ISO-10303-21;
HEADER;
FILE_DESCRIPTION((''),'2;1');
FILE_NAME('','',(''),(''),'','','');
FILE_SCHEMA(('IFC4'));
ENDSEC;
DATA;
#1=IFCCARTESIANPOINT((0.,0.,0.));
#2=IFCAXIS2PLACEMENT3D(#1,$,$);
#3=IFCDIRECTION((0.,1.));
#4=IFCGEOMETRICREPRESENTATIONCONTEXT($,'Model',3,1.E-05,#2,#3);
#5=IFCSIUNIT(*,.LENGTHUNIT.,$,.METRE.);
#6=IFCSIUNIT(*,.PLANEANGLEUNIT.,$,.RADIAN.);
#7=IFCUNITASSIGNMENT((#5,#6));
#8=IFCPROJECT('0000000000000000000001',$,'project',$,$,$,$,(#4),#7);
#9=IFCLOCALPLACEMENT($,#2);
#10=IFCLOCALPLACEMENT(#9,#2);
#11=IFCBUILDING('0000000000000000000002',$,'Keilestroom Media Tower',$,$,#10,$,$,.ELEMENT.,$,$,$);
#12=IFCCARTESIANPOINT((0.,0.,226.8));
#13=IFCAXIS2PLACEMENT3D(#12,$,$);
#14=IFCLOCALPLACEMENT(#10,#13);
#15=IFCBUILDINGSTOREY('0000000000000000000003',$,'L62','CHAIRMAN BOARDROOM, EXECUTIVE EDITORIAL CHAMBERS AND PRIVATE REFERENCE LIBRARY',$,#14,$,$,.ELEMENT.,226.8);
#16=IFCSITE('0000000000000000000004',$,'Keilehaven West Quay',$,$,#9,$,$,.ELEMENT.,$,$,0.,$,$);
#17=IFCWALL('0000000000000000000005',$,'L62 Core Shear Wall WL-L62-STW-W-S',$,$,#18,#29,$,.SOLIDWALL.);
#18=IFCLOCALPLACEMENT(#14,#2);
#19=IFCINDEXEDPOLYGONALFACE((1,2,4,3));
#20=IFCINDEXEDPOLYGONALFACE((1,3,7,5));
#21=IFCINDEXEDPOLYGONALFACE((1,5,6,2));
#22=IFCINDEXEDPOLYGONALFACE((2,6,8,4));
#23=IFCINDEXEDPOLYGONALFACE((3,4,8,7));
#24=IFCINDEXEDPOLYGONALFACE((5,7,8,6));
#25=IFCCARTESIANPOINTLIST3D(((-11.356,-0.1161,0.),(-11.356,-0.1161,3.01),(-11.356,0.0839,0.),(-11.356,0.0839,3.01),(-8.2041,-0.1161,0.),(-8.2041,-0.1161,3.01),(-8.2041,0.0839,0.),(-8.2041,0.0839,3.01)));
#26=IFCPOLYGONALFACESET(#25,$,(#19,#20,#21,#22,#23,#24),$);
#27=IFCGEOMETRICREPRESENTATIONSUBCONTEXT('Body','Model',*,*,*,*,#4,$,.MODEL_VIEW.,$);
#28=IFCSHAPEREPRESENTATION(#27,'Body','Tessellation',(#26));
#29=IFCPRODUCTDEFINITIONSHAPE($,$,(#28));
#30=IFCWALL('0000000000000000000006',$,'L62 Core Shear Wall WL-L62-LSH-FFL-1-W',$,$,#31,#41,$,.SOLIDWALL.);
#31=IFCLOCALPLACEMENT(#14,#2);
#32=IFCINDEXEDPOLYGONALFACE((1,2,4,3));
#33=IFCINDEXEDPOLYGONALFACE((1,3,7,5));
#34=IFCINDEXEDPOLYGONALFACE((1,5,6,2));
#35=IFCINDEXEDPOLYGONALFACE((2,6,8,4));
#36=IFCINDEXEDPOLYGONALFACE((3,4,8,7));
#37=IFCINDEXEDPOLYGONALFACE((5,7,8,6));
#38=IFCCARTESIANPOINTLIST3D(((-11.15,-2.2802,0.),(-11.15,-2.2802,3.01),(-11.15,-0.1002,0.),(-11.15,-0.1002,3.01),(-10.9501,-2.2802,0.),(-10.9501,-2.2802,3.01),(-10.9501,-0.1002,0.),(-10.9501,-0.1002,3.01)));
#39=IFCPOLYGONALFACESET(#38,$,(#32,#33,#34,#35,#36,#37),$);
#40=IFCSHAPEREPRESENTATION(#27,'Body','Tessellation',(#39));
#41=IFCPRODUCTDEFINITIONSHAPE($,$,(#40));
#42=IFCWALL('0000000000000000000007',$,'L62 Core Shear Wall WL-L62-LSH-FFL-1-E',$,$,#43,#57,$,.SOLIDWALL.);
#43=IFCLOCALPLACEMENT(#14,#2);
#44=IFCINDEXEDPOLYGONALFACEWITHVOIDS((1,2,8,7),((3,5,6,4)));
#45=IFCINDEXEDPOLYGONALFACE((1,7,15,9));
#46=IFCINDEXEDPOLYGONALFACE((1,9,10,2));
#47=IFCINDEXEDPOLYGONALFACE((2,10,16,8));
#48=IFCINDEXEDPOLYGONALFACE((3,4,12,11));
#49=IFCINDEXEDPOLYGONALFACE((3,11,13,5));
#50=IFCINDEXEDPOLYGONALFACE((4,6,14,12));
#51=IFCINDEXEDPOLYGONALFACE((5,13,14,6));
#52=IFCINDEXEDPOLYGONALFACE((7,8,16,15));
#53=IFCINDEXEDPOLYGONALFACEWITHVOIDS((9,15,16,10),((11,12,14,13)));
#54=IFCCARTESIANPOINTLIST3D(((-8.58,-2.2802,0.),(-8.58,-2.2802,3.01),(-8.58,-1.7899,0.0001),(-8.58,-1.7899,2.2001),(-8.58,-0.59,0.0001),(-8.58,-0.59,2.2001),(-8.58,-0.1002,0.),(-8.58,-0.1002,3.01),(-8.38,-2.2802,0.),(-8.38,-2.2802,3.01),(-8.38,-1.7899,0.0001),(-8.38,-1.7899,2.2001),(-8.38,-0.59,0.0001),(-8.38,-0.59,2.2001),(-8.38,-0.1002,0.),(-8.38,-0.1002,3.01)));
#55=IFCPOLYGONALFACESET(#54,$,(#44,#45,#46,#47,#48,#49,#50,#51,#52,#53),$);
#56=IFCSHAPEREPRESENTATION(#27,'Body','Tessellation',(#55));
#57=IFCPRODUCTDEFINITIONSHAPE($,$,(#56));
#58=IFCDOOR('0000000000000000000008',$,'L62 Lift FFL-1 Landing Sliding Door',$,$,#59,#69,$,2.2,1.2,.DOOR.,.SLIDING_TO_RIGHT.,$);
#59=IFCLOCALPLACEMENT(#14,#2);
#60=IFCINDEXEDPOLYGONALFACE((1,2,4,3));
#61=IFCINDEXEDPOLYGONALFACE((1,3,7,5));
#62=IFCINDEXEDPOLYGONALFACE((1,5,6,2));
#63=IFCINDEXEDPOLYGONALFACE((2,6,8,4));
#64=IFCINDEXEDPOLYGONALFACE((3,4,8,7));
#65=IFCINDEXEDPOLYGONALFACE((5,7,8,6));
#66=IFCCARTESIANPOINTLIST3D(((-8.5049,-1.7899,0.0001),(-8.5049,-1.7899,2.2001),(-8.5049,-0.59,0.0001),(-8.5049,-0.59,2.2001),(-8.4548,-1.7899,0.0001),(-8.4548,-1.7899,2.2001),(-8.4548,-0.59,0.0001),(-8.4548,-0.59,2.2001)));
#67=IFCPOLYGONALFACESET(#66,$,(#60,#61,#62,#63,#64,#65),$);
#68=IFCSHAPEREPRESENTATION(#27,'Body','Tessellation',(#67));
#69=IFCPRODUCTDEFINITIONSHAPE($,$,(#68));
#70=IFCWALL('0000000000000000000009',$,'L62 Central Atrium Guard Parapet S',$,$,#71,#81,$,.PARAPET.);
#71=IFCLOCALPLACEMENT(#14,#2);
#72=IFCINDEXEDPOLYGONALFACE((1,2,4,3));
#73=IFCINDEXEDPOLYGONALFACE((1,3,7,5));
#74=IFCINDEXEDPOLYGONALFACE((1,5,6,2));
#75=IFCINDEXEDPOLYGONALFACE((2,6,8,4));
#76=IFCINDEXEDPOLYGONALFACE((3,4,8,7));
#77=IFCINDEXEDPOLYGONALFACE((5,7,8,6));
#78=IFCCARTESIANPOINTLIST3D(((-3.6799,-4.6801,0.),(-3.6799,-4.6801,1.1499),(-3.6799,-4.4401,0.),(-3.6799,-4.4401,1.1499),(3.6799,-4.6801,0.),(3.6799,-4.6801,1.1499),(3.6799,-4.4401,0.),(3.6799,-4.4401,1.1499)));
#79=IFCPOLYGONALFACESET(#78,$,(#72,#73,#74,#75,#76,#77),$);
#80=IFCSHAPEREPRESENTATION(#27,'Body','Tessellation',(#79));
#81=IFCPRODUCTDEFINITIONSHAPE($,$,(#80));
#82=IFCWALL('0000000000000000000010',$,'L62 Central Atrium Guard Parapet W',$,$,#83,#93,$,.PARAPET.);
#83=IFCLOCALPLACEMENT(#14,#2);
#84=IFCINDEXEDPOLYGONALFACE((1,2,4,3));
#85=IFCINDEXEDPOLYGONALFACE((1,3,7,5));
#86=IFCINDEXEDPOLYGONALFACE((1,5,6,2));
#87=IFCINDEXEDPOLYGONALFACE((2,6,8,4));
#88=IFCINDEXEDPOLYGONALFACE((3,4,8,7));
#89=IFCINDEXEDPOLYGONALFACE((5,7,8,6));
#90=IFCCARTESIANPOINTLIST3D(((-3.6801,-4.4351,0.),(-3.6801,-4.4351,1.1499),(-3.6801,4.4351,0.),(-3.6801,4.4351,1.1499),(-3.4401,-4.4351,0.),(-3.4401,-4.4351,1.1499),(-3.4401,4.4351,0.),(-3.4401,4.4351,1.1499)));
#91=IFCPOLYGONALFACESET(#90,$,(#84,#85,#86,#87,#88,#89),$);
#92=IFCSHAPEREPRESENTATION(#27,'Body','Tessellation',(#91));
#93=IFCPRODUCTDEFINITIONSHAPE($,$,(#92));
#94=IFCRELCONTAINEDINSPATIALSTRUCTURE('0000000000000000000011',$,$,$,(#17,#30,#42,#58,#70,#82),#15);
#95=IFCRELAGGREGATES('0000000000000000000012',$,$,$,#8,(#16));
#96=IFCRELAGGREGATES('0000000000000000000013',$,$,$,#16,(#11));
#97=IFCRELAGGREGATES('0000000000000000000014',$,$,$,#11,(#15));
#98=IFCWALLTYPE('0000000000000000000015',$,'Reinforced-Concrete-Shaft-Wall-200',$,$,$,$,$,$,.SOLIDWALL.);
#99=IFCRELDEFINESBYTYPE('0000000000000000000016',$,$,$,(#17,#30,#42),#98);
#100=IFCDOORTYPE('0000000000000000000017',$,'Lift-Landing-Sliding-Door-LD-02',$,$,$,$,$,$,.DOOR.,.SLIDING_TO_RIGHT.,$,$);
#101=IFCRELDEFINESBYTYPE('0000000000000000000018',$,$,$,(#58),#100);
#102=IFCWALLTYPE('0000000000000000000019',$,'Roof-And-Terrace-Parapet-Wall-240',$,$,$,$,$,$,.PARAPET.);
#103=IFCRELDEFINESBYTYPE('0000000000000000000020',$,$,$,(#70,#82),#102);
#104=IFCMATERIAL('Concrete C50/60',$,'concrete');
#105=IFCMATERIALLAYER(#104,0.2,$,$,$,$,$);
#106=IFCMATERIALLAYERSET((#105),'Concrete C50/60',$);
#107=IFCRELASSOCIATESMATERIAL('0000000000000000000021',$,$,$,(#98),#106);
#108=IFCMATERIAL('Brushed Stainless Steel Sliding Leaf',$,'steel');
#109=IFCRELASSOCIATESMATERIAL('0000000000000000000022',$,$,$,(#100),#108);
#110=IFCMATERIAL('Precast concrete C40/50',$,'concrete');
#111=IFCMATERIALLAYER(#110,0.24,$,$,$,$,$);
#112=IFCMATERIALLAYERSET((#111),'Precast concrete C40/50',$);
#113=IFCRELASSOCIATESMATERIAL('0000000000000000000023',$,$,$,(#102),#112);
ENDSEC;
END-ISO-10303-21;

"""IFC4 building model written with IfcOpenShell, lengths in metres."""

from ifc_helpers import new_model, si_unit, direction, frame, frame_2d, origin, place, context, subcontext, project, spatial, rectangle, extrude, source, transform, mapped, material, layer, layer_set, type_object, element, fill, save


model = new_model("IFC4")

# Units and contexts
model_context = context("Model", 3, precision=1e-05, world=origin(), true_north=direction((0.0, 1.0)))
body_context = subcontext(model_context, "Body", "Model", "MODEL_VIEW")
ifc_project = project(units=[si_unit("LENGTHUNIT", "METRE"), si_unit("PLANEANGLEUNIT", "RADIAN")], contexts=[model_context])

# Site, building, storey
site_placement = place(None, origin())
site = spatial("IfcSite", under=ifc_project, at=site_placement, Name="Keilehaven West Quay", CompositionType="ELEMENT", RefElevation=0.0)
building_placement = place(site_placement, origin())
building = spatial("IfcBuilding", under=site, at=building_placement, Name="Keilestroom Media Tower", CompositionType="ELEMENT")
storey_placement = place(building_placement, frame((0.0, 0.0, 226.8)))
storey = spatial("IfcBuildingStorey", under=building, at=storey_placement, Name="L62", Description="CHAIRMAN BOARDROOM, EXECUTIVE EDITORIAL CHAMBERS AND PRIVATE REFERENCE LIBRARY", CompositionType="ELEMENT", Elevation=226.8)

# Shared definitions
ifc_material_1 = material(Name="Concrete C50/60", Category="concrete")

# Shared definitions
shared_shape_1 = source(origin(), body_context, "Body", "SweptSolid", [
    extrude(rectangle(XDim=1.2, YDim=2.2, at=frame_2d((0.6001, 1.1001))), frame((0.0, 0.0249, 0.0), z_axis=(0.0, -1.0, 0.0), x_axis=(1.0, 0.0, 0.0)), (0.0, 0.0, 1.0), 0.05),
])

# Shared definitions
ifc_layer_1 = layer(ifc_material_1, 0.2)
ifc_layer_set_1 = layer_set([ifc_layer_1], Name="Concrete C50/60")
wall_type_1 = type_object("IfcWallType", Name="Reinforced-Concrete-Shaft-Wall-200", PredefinedType="SOLIDWALL", material=ifc_layer_set_1)

# Walls
wall_1_placement = place(storey_placement, frame((-11.356, -0.0161, 0.0), z_axis=(0.0, 0.0, 1.0), x_axis=(1.0, 0.0, 0.0)))
element("IfcWall", 1, at=wall_1_placement, inside=storey, type_object=wall_type_1, Name="L62 Core Shear Wall WL-L62-STW-W-S", PredefinedType="SOLIDWALL", context=body_context, shape_type="SweptSolid", body=[
    extrude(rectangle(XDim=3.1519, YDim=0.2, at=frame_2d((1.5759, 0.0))), origin(), (0.0, 0.0, 1.0), 3.01),
])
wall_2_placement = place(storey_placement, frame((-11.05, -2.28, 0.0), z_axis=(0.0, 0.0, 1.0), x_axis=(0.0, 1.0, 0.0)))
element("IfcWall", 2, at=wall_2_placement, inside=storey, type_object=wall_type_1, Name="L62 Core Shear Wall WL-L62-LSH-FFL-1-W", PredefinedType="SOLIDWALL", context=body_context, shape_type="SweptSolid", body=[
    extrude(rectangle(XDim=2.1799, YDim=0.2, at=frame_2d((1.0898, 0.0))), origin(), (0.0, 0.0, 1.0), 3.01),
])

# Wall, opening, door
wall_3_placement = place(storey_placement, frame((-8.48, -2.28, 0.0), z_axis=(0.0, 0.0, 1.0), x_axis=(0.0, 1.0, 0.0)))
wall_3 = element("IfcWall", 3, at=wall_3_placement, inside=storey, type_object=wall_type_1, Name="L62 Core Shear Wall WL-L62-LSH-FFL-1-E", PredefinedType="SOLIDWALL", context=body_context, shape_type="SweptSolid", body=[
    extrude(rectangle(XDim=2.1799, YDim=0.2, at=frame_2d((1.0898, 0.0))), origin(), (0.0, 0.0, 1.0), 3.01),
])
opening_1_placement = place(wall_3_placement, frame((0.49, 0.0, 0.0)))
opening_1 = element("IfcOpeningElement", 4, at=opening_1_placement, cuts=wall_3, PredefinedType="OPENING", context=body_context, shape_type="SweptSolid", body=[
    extrude(rectangle(XDim=1.2, YDim=2.2, at=frame_2d((0.6001, 1.1001))), frame((0.0, 0.1099, 0.0), z_axis=(0.0, -1.0, 0.0), x_axis=(1.0, 0.0, 0.0)), (0.0, 0.0, 1.0), 0.22),
])
ifc_material_2 = material(Name="Brushed Stainless Steel Sliding Leaf", Category="steel")
door_type_1 = type_object("IfcDoorType", Name="Lift-Landing-Sliding-Door-LD-02", OperationType="SLIDING_TO_RIGHT", PredefinedType="DOOR", material=ifc_material_2)
door_1_placement = place(opening_1_placement, origin())
door_1 = element("IfcDoor", 5, at=door_1_placement, inside=storey, type_object=door_type_1, Name="L62 Lift FFL-1 Landing Sliding Door", OperationType="SLIDING_TO_RIGHT", OverallHeight=2.2, OverallWidth=1.2, PredefinedType="DOOR", context=body_context, shape_type="MappedRepresentation", body=[
    mapped(shared_shape_1, transform((0.0, 0.0, 0.0), x_axis=(1.0, 0.0, 0.0), y_axis=(0.0, 1.0, 0.0), z_axis=(0.0, 0.0, 1.0), scale=1.0)),
])
fill(opening_1, door_1)

# Walls
ifc_material_3 = material(Name="Precast concrete C40/50", Category="concrete")
ifc_layer_2 = layer(ifc_material_3, 0.24)
ifc_layer_set_2 = layer_set([ifc_layer_2], Name="Precast concrete C40/50")
wall_type_2 = type_object("IfcWallType", Name="Roof-And-Terrace-Parapet-Wall-240", PredefinedType="PARAPET", material=ifc_layer_set_2)
wall_4_placement = place(storey_placement, frame((-3.6799, -4.5601, 0.0), z_axis=(0.0, 0.0, 1.0), x_axis=(1.0, 0.0, 0.0)))
element("IfcWall", 6, at=wall_4_placement, inside=storey, type_object=wall_type_2, Name="L62 Central Atrium Guard Parapet S", PredefinedType="PARAPET", context=body_context, shape_type="SweptSolid", body=[
    extrude(rectangle(XDim=7.3599, YDim=0.24, at=frame_2d((3.6799, 0.0))), origin(), (0.0, 0.0, 1.0), 1.1499),
])
wall_5_placement = place(storey_placement, frame((-3.5601, -4.4351, 0.0), z_axis=(0.0, 0.0, 1.0), x_axis=(0.0, 1.0, 0.0)))
element("IfcWall", 7, at=wall_5_placement, inside=storey, type_object=wall_type_2, Name="L62 Central Atrium Guard Parapet W", PredefinedType="PARAPET", context=body_context, shape_type="SweptSolid", body=[
    extrude(rectangle(XDim=8.8701, YDim=0.24, at=frame_2d((4.4351, 0.0))), origin(), (0.0, 0.0, 1.0), 1.1499),
])

save(model, "model.ifc")
